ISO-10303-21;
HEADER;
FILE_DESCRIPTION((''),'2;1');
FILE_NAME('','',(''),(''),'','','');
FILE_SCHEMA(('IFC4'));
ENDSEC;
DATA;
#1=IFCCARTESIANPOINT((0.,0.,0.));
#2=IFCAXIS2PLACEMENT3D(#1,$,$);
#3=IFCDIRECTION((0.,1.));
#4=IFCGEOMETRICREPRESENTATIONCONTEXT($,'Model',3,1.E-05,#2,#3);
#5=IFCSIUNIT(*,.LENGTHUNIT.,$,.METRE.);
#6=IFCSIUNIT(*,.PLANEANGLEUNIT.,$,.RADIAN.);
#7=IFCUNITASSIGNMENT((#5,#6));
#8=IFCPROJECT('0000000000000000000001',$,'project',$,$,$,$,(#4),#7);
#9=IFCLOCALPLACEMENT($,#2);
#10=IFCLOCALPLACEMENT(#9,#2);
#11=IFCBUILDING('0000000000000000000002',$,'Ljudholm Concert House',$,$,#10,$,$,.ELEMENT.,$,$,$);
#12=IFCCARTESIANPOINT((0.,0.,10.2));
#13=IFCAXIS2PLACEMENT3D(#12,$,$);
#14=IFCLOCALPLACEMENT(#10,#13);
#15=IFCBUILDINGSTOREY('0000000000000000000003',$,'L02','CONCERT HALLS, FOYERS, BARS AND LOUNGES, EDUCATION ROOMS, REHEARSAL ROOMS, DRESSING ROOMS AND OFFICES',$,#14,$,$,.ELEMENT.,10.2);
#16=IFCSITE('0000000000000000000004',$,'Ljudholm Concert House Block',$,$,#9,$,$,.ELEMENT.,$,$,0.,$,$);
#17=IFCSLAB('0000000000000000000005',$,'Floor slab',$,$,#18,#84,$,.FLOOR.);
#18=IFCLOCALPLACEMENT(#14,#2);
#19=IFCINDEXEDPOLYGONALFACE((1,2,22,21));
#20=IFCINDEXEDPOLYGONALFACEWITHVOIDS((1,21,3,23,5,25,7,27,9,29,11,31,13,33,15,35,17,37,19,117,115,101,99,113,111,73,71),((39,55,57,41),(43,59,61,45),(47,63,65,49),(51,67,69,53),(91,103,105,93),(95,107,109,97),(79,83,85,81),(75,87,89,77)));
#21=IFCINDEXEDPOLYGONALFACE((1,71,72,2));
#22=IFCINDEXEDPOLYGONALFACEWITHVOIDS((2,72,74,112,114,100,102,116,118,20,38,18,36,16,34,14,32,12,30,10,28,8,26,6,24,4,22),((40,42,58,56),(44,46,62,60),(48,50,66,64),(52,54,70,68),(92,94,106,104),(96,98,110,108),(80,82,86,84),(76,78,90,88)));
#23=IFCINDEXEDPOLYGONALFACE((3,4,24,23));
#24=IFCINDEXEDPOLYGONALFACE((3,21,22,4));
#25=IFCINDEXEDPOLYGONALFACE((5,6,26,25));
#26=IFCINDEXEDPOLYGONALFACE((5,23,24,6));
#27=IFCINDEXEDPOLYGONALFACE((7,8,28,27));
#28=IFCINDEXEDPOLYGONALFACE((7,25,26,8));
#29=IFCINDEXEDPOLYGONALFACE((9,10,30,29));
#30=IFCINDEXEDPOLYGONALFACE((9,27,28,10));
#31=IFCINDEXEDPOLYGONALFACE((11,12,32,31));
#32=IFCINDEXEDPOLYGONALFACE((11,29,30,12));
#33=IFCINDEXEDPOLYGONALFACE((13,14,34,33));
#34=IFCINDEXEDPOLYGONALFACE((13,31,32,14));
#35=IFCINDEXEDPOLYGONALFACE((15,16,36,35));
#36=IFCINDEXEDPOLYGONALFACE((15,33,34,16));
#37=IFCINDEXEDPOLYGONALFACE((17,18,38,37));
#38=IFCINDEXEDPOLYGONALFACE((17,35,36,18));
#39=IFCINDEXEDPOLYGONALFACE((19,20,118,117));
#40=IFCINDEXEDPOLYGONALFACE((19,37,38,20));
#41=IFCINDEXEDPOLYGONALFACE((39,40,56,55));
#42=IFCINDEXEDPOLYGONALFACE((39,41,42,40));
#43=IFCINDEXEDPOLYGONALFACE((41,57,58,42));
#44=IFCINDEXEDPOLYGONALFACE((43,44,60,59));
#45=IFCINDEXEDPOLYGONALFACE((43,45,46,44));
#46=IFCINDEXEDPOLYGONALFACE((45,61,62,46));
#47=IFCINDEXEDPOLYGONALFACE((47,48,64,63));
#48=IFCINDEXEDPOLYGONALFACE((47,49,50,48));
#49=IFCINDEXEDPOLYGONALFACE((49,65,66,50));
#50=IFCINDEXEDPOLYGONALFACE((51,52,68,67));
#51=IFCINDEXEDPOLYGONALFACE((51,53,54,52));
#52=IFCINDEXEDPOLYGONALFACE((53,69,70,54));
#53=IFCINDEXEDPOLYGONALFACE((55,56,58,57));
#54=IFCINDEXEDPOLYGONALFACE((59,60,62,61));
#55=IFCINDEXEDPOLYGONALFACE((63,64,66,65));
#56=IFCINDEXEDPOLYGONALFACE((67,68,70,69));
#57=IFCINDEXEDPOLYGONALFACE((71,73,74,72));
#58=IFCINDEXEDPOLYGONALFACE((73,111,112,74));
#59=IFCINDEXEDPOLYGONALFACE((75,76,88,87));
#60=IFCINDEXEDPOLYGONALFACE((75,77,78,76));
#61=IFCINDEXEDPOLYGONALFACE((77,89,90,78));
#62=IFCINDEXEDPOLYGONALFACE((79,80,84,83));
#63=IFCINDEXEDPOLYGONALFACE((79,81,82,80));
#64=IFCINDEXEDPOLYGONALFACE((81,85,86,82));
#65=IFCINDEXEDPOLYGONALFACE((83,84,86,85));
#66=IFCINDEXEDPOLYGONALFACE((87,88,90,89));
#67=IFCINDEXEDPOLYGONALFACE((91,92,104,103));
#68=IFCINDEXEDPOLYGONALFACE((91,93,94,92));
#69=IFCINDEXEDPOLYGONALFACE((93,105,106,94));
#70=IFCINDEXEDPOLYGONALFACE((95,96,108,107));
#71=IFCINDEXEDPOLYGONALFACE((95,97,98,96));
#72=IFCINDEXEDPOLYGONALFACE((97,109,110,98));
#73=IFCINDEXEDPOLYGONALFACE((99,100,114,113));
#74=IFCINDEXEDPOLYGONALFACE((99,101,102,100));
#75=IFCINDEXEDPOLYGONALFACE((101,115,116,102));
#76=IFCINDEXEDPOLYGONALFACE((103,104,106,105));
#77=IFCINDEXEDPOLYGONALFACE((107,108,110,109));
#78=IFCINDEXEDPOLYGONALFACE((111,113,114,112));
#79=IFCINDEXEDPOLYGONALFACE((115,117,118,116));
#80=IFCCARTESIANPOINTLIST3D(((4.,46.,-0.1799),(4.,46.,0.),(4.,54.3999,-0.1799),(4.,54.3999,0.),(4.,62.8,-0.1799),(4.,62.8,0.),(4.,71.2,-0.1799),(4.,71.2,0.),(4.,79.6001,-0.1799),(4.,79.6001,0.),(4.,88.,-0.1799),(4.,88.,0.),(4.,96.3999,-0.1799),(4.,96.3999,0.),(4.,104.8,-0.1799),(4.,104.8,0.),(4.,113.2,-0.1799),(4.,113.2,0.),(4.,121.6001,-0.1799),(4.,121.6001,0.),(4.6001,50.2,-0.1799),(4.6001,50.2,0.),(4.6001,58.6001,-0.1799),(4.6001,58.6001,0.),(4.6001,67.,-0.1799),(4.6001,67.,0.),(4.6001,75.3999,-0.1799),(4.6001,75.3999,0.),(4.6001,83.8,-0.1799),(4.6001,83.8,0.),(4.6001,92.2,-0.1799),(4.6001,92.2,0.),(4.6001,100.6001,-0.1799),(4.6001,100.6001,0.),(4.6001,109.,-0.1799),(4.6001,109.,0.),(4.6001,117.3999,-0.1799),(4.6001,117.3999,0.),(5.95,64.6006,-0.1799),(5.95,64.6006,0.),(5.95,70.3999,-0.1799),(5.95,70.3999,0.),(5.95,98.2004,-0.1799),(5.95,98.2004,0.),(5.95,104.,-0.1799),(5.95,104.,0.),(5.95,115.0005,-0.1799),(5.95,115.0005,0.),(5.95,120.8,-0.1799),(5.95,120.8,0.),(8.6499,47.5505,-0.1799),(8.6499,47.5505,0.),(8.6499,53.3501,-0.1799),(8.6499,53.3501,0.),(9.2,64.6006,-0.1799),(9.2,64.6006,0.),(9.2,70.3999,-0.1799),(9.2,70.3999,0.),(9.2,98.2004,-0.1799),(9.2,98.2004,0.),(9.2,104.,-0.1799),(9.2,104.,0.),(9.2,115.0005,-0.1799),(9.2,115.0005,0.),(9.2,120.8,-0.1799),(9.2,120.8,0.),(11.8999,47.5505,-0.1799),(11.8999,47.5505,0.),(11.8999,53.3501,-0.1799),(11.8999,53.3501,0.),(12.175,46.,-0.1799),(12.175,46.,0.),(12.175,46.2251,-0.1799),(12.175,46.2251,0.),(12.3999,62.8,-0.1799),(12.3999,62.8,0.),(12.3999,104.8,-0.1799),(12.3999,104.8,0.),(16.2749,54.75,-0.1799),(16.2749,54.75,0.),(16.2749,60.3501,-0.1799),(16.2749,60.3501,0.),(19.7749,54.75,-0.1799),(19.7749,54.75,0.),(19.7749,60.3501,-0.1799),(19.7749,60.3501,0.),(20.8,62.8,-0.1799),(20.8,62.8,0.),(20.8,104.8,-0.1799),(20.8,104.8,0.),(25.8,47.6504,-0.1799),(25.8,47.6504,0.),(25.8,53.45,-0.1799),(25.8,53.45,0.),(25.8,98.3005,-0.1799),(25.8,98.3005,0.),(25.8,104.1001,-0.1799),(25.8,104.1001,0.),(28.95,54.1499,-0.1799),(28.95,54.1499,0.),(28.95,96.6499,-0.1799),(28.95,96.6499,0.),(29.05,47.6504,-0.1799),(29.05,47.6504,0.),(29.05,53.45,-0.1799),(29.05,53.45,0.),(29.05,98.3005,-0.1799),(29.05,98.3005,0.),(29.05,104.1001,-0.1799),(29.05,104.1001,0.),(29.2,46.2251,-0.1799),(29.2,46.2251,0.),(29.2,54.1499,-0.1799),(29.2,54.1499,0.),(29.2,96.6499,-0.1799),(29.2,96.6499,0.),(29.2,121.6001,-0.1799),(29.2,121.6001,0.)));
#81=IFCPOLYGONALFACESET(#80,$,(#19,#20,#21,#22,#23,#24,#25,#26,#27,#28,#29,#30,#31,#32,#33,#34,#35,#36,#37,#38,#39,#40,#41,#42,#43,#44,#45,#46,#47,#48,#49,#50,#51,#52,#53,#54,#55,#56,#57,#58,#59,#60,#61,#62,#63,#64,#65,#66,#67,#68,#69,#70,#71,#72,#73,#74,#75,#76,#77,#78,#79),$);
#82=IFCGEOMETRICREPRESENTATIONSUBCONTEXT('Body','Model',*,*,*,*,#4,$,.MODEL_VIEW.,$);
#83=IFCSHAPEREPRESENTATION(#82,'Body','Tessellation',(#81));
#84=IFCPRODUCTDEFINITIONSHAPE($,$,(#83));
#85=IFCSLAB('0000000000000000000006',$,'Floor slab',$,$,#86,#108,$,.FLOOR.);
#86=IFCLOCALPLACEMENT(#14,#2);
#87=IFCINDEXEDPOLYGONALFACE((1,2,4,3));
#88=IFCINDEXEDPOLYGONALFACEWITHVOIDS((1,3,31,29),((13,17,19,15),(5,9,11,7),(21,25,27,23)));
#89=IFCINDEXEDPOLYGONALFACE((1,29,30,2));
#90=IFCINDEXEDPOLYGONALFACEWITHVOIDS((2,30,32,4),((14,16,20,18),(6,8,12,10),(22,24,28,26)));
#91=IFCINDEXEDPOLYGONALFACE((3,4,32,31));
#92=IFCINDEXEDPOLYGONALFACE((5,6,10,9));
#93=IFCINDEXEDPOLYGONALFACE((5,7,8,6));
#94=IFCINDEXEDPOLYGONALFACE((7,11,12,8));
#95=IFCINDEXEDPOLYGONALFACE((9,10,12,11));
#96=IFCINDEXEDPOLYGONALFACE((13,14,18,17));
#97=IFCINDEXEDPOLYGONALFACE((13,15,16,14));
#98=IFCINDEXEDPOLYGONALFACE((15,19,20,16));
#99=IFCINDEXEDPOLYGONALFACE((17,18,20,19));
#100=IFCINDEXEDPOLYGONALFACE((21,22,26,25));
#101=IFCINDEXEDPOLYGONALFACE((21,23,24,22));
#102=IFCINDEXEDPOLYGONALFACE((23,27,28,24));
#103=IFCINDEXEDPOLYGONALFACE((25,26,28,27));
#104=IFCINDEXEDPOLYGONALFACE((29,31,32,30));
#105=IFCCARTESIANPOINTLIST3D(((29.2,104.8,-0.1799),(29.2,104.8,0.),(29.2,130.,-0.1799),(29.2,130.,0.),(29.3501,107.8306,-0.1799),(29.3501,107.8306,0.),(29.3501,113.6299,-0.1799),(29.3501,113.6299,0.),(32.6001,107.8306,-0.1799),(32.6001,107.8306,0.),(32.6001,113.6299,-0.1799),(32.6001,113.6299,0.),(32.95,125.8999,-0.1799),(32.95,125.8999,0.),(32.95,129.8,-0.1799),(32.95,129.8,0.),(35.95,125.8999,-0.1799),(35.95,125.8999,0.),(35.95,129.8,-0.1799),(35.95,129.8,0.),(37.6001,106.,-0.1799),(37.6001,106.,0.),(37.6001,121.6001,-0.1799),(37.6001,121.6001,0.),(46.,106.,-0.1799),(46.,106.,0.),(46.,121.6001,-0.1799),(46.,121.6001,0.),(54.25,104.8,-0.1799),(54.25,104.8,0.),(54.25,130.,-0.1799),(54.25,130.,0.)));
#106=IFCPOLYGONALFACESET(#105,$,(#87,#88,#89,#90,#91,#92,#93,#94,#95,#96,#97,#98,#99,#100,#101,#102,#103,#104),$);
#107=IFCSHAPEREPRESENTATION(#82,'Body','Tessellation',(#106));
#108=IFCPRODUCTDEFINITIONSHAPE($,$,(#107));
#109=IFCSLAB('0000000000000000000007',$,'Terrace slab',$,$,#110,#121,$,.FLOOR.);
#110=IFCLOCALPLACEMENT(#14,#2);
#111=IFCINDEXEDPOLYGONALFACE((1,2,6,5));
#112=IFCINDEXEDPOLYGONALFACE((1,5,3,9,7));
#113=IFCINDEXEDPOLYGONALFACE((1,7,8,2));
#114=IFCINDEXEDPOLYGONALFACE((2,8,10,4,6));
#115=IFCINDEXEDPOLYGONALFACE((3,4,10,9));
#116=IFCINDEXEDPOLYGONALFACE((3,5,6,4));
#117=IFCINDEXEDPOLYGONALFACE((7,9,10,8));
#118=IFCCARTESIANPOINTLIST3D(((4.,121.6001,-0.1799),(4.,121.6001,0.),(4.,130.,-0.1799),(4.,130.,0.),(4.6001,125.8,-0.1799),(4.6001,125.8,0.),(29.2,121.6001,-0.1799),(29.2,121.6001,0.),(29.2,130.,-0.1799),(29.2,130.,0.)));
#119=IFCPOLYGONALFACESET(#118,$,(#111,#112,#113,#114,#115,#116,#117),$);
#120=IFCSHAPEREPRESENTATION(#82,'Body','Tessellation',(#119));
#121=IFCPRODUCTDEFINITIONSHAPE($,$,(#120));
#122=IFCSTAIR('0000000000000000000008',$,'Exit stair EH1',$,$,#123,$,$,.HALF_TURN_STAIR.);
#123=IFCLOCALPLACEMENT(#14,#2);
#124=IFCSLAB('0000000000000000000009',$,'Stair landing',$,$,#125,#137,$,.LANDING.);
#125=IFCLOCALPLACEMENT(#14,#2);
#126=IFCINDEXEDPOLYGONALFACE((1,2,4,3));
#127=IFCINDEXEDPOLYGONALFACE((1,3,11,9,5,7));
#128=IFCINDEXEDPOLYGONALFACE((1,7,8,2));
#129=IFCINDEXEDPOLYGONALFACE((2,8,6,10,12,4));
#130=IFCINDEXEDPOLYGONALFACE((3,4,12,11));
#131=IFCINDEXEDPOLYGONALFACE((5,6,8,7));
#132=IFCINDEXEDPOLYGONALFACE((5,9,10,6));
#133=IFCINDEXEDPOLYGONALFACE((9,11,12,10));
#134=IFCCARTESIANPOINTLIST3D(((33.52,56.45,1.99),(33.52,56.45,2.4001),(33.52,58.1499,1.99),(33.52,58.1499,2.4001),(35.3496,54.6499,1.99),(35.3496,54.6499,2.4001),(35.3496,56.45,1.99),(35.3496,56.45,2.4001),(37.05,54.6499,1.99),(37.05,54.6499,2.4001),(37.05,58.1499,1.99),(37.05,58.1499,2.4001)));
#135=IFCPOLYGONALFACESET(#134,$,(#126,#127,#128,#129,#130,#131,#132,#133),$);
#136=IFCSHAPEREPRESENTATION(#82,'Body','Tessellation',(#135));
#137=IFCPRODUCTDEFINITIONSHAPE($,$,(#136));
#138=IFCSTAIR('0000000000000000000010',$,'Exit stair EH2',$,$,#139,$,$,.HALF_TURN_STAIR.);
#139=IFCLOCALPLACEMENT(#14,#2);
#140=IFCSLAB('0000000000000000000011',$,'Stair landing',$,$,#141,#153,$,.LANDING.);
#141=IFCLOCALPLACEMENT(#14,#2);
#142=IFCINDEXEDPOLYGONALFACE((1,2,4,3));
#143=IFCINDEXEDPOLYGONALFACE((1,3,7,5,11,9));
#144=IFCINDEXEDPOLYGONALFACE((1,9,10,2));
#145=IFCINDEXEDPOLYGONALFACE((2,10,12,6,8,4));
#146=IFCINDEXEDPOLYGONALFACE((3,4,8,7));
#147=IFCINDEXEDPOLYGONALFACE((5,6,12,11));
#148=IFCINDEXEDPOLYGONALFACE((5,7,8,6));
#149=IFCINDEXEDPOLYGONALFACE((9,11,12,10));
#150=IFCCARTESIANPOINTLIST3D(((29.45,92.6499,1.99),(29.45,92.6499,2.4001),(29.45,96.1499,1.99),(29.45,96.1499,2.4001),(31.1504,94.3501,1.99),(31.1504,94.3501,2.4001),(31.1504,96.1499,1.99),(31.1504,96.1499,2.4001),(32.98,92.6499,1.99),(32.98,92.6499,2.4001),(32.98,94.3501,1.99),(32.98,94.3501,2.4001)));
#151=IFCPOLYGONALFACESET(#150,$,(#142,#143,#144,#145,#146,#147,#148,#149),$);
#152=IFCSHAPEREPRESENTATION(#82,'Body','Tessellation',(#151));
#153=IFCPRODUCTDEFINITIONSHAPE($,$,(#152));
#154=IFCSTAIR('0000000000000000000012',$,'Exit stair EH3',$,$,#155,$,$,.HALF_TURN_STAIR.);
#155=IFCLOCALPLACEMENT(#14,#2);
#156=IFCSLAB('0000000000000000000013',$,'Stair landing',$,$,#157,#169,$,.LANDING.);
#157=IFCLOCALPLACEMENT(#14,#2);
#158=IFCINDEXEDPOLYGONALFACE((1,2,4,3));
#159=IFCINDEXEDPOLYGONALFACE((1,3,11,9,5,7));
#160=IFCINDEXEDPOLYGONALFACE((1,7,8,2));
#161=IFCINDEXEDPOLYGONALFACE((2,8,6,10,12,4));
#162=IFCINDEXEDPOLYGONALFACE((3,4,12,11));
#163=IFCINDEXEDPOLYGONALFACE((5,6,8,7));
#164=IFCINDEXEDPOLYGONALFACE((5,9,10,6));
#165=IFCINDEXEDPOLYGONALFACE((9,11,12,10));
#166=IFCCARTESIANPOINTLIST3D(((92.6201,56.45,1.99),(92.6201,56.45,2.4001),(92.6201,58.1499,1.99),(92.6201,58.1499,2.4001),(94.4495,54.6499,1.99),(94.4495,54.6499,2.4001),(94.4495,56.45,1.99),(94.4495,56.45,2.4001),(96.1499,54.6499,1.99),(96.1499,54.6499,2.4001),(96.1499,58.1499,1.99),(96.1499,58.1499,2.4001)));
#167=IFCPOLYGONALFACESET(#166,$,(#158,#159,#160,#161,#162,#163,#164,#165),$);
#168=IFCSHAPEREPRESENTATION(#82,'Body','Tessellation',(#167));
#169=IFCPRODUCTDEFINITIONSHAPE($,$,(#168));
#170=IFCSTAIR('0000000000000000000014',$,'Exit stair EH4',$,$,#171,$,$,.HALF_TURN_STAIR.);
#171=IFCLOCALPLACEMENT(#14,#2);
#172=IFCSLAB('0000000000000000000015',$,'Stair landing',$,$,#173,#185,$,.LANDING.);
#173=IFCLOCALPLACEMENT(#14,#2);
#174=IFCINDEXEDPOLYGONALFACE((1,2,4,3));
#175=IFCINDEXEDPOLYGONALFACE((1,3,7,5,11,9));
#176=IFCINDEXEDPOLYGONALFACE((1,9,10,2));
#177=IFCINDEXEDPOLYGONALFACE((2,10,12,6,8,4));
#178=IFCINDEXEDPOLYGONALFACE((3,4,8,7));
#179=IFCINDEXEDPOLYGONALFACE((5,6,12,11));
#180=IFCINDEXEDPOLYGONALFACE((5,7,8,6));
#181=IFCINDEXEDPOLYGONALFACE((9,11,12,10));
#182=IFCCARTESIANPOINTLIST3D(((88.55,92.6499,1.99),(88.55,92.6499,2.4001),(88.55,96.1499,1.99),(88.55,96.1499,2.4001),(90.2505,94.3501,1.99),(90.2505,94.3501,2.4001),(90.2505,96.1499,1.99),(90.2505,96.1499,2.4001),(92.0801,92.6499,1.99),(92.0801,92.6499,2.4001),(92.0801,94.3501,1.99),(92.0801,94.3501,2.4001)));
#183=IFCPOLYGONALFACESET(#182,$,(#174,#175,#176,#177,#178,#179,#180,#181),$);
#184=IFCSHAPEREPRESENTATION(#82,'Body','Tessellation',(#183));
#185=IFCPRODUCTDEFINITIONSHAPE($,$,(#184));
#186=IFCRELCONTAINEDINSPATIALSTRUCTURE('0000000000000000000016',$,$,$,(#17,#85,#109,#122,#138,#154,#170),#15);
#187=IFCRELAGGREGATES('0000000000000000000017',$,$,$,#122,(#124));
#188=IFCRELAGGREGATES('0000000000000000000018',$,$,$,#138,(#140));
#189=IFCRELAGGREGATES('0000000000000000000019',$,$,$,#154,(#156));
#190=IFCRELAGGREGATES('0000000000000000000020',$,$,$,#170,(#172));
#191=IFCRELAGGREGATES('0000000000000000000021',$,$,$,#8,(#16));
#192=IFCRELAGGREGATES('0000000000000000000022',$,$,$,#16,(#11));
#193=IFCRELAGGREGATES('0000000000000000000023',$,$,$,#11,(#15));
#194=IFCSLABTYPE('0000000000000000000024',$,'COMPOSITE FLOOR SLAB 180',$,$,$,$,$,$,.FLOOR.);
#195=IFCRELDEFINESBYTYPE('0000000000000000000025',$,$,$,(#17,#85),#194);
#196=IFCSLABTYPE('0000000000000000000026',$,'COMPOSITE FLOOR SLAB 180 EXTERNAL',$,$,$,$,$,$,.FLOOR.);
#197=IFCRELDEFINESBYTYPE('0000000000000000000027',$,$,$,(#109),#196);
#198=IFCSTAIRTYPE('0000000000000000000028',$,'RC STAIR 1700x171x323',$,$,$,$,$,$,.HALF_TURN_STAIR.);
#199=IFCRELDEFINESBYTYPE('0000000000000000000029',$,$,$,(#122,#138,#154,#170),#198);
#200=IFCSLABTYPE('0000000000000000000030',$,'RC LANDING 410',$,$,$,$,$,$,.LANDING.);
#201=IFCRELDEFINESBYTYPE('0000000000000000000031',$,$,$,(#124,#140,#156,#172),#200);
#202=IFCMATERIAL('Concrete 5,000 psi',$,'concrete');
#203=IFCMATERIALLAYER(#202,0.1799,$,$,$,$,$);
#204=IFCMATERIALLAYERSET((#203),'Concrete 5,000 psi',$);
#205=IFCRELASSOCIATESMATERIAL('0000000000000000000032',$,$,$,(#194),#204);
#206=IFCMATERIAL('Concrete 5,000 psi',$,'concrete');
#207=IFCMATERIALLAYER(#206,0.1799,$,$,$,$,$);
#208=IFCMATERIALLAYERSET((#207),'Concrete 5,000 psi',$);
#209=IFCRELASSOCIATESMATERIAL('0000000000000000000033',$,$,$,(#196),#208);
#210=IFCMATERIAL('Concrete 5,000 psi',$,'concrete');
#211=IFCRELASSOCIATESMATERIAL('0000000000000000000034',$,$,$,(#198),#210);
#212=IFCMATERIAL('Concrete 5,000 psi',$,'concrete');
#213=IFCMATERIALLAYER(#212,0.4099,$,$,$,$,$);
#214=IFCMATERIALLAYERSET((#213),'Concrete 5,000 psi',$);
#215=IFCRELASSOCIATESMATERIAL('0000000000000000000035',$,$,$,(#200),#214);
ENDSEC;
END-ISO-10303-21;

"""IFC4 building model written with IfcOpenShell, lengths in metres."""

from ifc_helpers import new_model, si_unit, direction, frame, origin, place, context, subcontext, project, spatial, polyline, outline, extrude, material, layer, layer_set, type_object, element, aggregate, save


model = new_model("IFC4")

# Units and contexts
model_context = context("Model", 3, precision=1e-05, world=origin(), true_north=direction((0.0, 1.0)))
body_context = subcontext(model_context, "Body", "Model", "MODEL_VIEW")
ifc_project = project(units=[si_unit("LENGTHUNIT", "METRE"), si_unit("PLANEANGLEUNIT", "RADIAN")], contexts=[model_context])

# Site, building, storey
site_placement = place(None, origin())
site = spatial("IfcSite", under=ifc_project, at=site_placement, Name="Ljudholm Concert House Block", CompositionType="ELEMENT", RefElevation=0.0)
building_placement = place(site_placement, origin())
building = spatial("IfcBuilding", under=site, at=building_placement, Name="Ljudholm Concert House", CompositionType="ELEMENT")
storey_placement = place(building_placement, frame((0.0, 0.0, 10.2)))
storey = spatial("IfcBuildingStorey", under=building, at=storey_placement, Name="L02", Description="CONCERT HALLS, FOYERS, BARS AND LOUNGES, EDUCATION ROOMS, REHEARSAL ROOMS, DRESSING ROOMS AND OFFICES", CompositionType="ELEMENT", Elevation=10.2)

# Slabs
ifc_material_1 = material(Name="Concrete 5,000 psi", Category="concrete")
ifc_layer_1 = layer(ifc_material_1, 0.1799)
ifc_layer_set_1 = layer_set([ifc_layer_1], Name="Concrete 5,000 psi")
slab_type_1 = type_object("IfcSlabType", Name="COMPOSITE FLOOR SLAB 180", PredefinedType="FLOOR", material=ifc_layer_set_1)
slab_1_placement = place(storey_placement, frame((0.0, 0.0, -0.1799)))
element("IfcSlab", 1, at=slab_1_placement, inside=storey, type_object=slab_type_1, Name="Floor slab", PredefinedType="FLOOR", context=body_context, shape_type="SweptSolid", body=[
    extrude(outline(polyline([(4.0, 54.3999), (4.6001, 50.2), (4.0, 46.0), (12.175, 46.0), (12.175, 46.2251), (29.2, 46.2251), (29.2, 54.1499), (28.95, 54.1499), (28.95, 96.6499), (29.2, 96.6499), (29.2, 121.6001), (4.0, 121.6001), (4.6001, 117.3999), (4.0, 113.2), (4.6001, 109.0), (4.0, 104.8), (4.6001, 100.6001), (4.0, 96.3999), (4.6001, 92.2), (4.0, 88.0), (4.6001, 83.8), (4.0, 79.6001), (4.6001, 75.3999), (4.0, 71.2), (4.6001, 67.0), (4.0, 62.8), (4.6001, 58.6001), (4.0, 54.3999)]), holes=[polyline([(11.8999, 53.3501), (11.8999, 47.5505), (8.6499, 47.5505), (8.6499, 53.3501), (11.8999, 53.3501)]), polyline([(29.05, 53.45), (29.05, 47.6504), (25.8, 47.6504), (25.8, 53.45), (29.05, 53.45)]), polyline([(19.7749, 54.75), (16.2749, 54.75), (16.2749, 60.3501), (19.7749, 60.3501), (19.7749, 54.75)]), polyline([(9.2, 70.3999), (9.2, 64.6006), (5.95, 64.6006), (5.95, 70.3999), (9.2, 70.3999)]), polyline([(20.8, 104.8), (20.8, 62.8), (12.3999, 62.8), (12.3999, 104.8), (20.8, 104.8)]), polyline([(9.2, 104.0), (9.2, 98.2004), (5.95, 98.2004), (5.95, 104.0), (9.2, 104.0)]), polyline([(29.05, 104.1001), (29.05, 98.3005), (25.8, 98.3005), (25.8, 104.1001), (29.05, 104.1001)]), polyline([(9.2, 120.8), (9.2, 115.0005), (5.95, 115.0005), (5.95, 120.8), (9.2, 120.8)])]), origin(), (0.0, 0.0, 1.0), 0.1799),
])
slab_2_placement = place(storey_placement, frame((0.0, 0.0, -0.1799)))
element("IfcSlab", 2, at=slab_2_placement, inside=storey, type_object=slab_type_1, Name="Floor slab", PredefinedType="FLOOR", context=body_context, shape_type="SweptSolid", body=[
    extrude(outline(polyline([(29.2, 104.8), (54.25, 104.8), (54.25, 130.0), (29.2, 130.0), (29.2, 104.8)]), holes=[polyline([(46.0, 121.6001), (46.0, 106.0), (37.6001, 106.0), (37.6001, 121.6001), (46.0, 121.6001)]), polyline([(29.3501, 107.8306), (29.3501, 113.6299), (32.6001, 113.6299), (32.6001, 107.8306), (29.3501, 107.8306)]), polyline([(32.95, 125.8999), (32.95, 129.8), (35.95, 129.8), (35.95, 125.8999), (32.95, 125.8999)])]), origin(), (0.0, 0.0, 1.0), 0.1799),
])
ifc_material_2 = material(Name="Concrete 5,000 psi", Category="concrete")
ifc_layer_2 = layer(ifc_material_2, 0.1799)
ifc_layer_set_2 = layer_set([ifc_layer_2], Name="Concrete 5,000 psi")
slab_type_2 = type_object("IfcSlabType", Name="COMPOSITE FLOOR SLAB 180 EXTERNAL", PredefinedType="FLOOR", material=ifc_layer_set_2)
slab_3_placement = place(storey_placement, frame((0.0, 0.0, -0.1799)))
element("IfcSlab", 3, at=slab_3_placement, inside=storey, type_object=slab_type_2, Name="Terrace slab", PredefinedType="FLOOR", context=body_context, shape_type="SweptSolid", body=[
    extrude(outline(polyline([(4.0, 121.6001), (29.2, 121.6001), (29.2, 130.0), (4.0, 130.0), (4.6001, 125.8), (4.0, 121.6001)])), origin(), (0.0, 0.0, 1.0), 0.1799),
])

# Stairs, slabs
ifc_material_3 = material(Name="Concrete 5,000 psi", Category="concrete")
stair_type_1 = type_object("IfcStairType", Name="RC STAIR 1700x171x323", PredefinedType="HALF_TURN_STAIR", material=ifc_material_3)
stair_1_placement = place(storey_placement, origin())
stair_1 = element("IfcStair", 4, at=stair_1_placement, inside=storey, type_object=stair_type_1, Name="Exit stair EH1", PredefinedType="HALF_TURN_STAIR")
ifc_material_4 = material(Name="Concrete 5,000 psi", Category="concrete")
ifc_layer_3 = layer(ifc_material_4, 0.4099)
ifc_layer_set_3 = layer_set([ifc_layer_3], Name="Concrete 5,000 psi")
slab_type_3 = type_object("IfcSlabType", Name="RC LANDING 410", PredefinedType="LANDING", material=ifc_layer_set_3)
slab_4_placement = place(storey_placement, frame((0.0, 0.0, 1.99)))
slab_4 = element("IfcSlab", 5, at=slab_4_placement, type_object=slab_type_3, Name="Stair landing", PredefinedType="LANDING", context=body_context, shape_type="SweptSolid", body=[
    extrude(outline(polyline([(33.52, 58.1499), (33.52, 56.45), (35.3496, 56.45), (35.3496, 54.6499), (37.05, 54.6499), (37.05, 58.1499), (33.52, 58.1499)])), origin(), (0.0, 0.0, 1.0), 0.4102),
])
aggregate(stair_1, [slab_4])
stair_2_placement = place(storey_placement, origin())
stair_2 = element("IfcStair", 6, at=stair_2_placement, inside=storey, type_object=stair_type_1, Name="Exit stair EH2", PredefinedType="HALF_TURN_STAIR")
slab_5_placement = place(storey_placement, frame((0.0, 0.0, 1.99)))
slab_5 = element("IfcSlab", 7, at=slab_5_placement, type_object=slab_type_3, Name="Stair landing", PredefinedType="LANDING", context=body_context, shape_type="SweptSolid", body=[
    extrude(outline(polyline([(32.98, 92.6499), (32.98, 94.3501), (31.1504, 94.3501), (31.1504, 96.1499), (29.45, 96.1499), (29.45, 92.6499), (32.98, 92.6499)])), origin(), (0.0, 0.0, 1.0), 0.4102),
])
aggregate(stair_2, [slab_5])
stair_3_placement = place(storey_placement, origin())
stair_3 = element("IfcStair", 8, at=stair_3_placement, inside=storey, type_object=stair_type_1, Name="Exit stair EH3", PredefinedType="HALF_TURN_STAIR")
slab_6_placement = place(storey_placement, frame((0.0, 0.0, 1.99)))
slab_6 = element("IfcSlab", 9, at=slab_6_placement, type_object=slab_type_3, Name="Stair landing", PredefinedType="LANDING", context=body_context, shape_type="SweptSolid", body=[
    extrude(outline(polyline([(92.6201, 58.1499), (92.6201, 56.45), (94.4495, 56.45), (94.4495, 54.6499), (96.1499, 54.6499), (96.1499, 58.1499), (92.6201, 58.1499)])), origin(), (0.0, 0.0, 1.0), 0.4102),
])
aggregate(stair_3, [slab_6])
stair_4_placement = place(storey_placement, origin())
stair_4 = element("IfcStair", 10, at=stair_4_placement, inside=storey, type_object=stair_type_1, Name="Exit stair EH4", PredefinedType="HALF_TURN_STAIR")
slab_7_placement = place(storey_placement, frame((0.0, 0.0, 1.99)))
slab_7 = element("IfcSlab", 11, at=slab_7_placement, type_object=slab_type_3, Name="Stair landing", PredefinedType="LANDING", context=body_context, shape_type="SweptSolid", body=[
    extrude(outline(polyline([(92.0801, 92.6499), (92.0801, 94.3501), (90.2505, 94.3501), (90.2505, 96.1499), (88.55, 96.1499), (88.55, 92.6499), (92.0801, 92.6499)])), origin(), (0.0, 0.0, 1.0), 0.4102),
])
aggregate(stair_4, [slab_7])

save(model, "model.ifc")
